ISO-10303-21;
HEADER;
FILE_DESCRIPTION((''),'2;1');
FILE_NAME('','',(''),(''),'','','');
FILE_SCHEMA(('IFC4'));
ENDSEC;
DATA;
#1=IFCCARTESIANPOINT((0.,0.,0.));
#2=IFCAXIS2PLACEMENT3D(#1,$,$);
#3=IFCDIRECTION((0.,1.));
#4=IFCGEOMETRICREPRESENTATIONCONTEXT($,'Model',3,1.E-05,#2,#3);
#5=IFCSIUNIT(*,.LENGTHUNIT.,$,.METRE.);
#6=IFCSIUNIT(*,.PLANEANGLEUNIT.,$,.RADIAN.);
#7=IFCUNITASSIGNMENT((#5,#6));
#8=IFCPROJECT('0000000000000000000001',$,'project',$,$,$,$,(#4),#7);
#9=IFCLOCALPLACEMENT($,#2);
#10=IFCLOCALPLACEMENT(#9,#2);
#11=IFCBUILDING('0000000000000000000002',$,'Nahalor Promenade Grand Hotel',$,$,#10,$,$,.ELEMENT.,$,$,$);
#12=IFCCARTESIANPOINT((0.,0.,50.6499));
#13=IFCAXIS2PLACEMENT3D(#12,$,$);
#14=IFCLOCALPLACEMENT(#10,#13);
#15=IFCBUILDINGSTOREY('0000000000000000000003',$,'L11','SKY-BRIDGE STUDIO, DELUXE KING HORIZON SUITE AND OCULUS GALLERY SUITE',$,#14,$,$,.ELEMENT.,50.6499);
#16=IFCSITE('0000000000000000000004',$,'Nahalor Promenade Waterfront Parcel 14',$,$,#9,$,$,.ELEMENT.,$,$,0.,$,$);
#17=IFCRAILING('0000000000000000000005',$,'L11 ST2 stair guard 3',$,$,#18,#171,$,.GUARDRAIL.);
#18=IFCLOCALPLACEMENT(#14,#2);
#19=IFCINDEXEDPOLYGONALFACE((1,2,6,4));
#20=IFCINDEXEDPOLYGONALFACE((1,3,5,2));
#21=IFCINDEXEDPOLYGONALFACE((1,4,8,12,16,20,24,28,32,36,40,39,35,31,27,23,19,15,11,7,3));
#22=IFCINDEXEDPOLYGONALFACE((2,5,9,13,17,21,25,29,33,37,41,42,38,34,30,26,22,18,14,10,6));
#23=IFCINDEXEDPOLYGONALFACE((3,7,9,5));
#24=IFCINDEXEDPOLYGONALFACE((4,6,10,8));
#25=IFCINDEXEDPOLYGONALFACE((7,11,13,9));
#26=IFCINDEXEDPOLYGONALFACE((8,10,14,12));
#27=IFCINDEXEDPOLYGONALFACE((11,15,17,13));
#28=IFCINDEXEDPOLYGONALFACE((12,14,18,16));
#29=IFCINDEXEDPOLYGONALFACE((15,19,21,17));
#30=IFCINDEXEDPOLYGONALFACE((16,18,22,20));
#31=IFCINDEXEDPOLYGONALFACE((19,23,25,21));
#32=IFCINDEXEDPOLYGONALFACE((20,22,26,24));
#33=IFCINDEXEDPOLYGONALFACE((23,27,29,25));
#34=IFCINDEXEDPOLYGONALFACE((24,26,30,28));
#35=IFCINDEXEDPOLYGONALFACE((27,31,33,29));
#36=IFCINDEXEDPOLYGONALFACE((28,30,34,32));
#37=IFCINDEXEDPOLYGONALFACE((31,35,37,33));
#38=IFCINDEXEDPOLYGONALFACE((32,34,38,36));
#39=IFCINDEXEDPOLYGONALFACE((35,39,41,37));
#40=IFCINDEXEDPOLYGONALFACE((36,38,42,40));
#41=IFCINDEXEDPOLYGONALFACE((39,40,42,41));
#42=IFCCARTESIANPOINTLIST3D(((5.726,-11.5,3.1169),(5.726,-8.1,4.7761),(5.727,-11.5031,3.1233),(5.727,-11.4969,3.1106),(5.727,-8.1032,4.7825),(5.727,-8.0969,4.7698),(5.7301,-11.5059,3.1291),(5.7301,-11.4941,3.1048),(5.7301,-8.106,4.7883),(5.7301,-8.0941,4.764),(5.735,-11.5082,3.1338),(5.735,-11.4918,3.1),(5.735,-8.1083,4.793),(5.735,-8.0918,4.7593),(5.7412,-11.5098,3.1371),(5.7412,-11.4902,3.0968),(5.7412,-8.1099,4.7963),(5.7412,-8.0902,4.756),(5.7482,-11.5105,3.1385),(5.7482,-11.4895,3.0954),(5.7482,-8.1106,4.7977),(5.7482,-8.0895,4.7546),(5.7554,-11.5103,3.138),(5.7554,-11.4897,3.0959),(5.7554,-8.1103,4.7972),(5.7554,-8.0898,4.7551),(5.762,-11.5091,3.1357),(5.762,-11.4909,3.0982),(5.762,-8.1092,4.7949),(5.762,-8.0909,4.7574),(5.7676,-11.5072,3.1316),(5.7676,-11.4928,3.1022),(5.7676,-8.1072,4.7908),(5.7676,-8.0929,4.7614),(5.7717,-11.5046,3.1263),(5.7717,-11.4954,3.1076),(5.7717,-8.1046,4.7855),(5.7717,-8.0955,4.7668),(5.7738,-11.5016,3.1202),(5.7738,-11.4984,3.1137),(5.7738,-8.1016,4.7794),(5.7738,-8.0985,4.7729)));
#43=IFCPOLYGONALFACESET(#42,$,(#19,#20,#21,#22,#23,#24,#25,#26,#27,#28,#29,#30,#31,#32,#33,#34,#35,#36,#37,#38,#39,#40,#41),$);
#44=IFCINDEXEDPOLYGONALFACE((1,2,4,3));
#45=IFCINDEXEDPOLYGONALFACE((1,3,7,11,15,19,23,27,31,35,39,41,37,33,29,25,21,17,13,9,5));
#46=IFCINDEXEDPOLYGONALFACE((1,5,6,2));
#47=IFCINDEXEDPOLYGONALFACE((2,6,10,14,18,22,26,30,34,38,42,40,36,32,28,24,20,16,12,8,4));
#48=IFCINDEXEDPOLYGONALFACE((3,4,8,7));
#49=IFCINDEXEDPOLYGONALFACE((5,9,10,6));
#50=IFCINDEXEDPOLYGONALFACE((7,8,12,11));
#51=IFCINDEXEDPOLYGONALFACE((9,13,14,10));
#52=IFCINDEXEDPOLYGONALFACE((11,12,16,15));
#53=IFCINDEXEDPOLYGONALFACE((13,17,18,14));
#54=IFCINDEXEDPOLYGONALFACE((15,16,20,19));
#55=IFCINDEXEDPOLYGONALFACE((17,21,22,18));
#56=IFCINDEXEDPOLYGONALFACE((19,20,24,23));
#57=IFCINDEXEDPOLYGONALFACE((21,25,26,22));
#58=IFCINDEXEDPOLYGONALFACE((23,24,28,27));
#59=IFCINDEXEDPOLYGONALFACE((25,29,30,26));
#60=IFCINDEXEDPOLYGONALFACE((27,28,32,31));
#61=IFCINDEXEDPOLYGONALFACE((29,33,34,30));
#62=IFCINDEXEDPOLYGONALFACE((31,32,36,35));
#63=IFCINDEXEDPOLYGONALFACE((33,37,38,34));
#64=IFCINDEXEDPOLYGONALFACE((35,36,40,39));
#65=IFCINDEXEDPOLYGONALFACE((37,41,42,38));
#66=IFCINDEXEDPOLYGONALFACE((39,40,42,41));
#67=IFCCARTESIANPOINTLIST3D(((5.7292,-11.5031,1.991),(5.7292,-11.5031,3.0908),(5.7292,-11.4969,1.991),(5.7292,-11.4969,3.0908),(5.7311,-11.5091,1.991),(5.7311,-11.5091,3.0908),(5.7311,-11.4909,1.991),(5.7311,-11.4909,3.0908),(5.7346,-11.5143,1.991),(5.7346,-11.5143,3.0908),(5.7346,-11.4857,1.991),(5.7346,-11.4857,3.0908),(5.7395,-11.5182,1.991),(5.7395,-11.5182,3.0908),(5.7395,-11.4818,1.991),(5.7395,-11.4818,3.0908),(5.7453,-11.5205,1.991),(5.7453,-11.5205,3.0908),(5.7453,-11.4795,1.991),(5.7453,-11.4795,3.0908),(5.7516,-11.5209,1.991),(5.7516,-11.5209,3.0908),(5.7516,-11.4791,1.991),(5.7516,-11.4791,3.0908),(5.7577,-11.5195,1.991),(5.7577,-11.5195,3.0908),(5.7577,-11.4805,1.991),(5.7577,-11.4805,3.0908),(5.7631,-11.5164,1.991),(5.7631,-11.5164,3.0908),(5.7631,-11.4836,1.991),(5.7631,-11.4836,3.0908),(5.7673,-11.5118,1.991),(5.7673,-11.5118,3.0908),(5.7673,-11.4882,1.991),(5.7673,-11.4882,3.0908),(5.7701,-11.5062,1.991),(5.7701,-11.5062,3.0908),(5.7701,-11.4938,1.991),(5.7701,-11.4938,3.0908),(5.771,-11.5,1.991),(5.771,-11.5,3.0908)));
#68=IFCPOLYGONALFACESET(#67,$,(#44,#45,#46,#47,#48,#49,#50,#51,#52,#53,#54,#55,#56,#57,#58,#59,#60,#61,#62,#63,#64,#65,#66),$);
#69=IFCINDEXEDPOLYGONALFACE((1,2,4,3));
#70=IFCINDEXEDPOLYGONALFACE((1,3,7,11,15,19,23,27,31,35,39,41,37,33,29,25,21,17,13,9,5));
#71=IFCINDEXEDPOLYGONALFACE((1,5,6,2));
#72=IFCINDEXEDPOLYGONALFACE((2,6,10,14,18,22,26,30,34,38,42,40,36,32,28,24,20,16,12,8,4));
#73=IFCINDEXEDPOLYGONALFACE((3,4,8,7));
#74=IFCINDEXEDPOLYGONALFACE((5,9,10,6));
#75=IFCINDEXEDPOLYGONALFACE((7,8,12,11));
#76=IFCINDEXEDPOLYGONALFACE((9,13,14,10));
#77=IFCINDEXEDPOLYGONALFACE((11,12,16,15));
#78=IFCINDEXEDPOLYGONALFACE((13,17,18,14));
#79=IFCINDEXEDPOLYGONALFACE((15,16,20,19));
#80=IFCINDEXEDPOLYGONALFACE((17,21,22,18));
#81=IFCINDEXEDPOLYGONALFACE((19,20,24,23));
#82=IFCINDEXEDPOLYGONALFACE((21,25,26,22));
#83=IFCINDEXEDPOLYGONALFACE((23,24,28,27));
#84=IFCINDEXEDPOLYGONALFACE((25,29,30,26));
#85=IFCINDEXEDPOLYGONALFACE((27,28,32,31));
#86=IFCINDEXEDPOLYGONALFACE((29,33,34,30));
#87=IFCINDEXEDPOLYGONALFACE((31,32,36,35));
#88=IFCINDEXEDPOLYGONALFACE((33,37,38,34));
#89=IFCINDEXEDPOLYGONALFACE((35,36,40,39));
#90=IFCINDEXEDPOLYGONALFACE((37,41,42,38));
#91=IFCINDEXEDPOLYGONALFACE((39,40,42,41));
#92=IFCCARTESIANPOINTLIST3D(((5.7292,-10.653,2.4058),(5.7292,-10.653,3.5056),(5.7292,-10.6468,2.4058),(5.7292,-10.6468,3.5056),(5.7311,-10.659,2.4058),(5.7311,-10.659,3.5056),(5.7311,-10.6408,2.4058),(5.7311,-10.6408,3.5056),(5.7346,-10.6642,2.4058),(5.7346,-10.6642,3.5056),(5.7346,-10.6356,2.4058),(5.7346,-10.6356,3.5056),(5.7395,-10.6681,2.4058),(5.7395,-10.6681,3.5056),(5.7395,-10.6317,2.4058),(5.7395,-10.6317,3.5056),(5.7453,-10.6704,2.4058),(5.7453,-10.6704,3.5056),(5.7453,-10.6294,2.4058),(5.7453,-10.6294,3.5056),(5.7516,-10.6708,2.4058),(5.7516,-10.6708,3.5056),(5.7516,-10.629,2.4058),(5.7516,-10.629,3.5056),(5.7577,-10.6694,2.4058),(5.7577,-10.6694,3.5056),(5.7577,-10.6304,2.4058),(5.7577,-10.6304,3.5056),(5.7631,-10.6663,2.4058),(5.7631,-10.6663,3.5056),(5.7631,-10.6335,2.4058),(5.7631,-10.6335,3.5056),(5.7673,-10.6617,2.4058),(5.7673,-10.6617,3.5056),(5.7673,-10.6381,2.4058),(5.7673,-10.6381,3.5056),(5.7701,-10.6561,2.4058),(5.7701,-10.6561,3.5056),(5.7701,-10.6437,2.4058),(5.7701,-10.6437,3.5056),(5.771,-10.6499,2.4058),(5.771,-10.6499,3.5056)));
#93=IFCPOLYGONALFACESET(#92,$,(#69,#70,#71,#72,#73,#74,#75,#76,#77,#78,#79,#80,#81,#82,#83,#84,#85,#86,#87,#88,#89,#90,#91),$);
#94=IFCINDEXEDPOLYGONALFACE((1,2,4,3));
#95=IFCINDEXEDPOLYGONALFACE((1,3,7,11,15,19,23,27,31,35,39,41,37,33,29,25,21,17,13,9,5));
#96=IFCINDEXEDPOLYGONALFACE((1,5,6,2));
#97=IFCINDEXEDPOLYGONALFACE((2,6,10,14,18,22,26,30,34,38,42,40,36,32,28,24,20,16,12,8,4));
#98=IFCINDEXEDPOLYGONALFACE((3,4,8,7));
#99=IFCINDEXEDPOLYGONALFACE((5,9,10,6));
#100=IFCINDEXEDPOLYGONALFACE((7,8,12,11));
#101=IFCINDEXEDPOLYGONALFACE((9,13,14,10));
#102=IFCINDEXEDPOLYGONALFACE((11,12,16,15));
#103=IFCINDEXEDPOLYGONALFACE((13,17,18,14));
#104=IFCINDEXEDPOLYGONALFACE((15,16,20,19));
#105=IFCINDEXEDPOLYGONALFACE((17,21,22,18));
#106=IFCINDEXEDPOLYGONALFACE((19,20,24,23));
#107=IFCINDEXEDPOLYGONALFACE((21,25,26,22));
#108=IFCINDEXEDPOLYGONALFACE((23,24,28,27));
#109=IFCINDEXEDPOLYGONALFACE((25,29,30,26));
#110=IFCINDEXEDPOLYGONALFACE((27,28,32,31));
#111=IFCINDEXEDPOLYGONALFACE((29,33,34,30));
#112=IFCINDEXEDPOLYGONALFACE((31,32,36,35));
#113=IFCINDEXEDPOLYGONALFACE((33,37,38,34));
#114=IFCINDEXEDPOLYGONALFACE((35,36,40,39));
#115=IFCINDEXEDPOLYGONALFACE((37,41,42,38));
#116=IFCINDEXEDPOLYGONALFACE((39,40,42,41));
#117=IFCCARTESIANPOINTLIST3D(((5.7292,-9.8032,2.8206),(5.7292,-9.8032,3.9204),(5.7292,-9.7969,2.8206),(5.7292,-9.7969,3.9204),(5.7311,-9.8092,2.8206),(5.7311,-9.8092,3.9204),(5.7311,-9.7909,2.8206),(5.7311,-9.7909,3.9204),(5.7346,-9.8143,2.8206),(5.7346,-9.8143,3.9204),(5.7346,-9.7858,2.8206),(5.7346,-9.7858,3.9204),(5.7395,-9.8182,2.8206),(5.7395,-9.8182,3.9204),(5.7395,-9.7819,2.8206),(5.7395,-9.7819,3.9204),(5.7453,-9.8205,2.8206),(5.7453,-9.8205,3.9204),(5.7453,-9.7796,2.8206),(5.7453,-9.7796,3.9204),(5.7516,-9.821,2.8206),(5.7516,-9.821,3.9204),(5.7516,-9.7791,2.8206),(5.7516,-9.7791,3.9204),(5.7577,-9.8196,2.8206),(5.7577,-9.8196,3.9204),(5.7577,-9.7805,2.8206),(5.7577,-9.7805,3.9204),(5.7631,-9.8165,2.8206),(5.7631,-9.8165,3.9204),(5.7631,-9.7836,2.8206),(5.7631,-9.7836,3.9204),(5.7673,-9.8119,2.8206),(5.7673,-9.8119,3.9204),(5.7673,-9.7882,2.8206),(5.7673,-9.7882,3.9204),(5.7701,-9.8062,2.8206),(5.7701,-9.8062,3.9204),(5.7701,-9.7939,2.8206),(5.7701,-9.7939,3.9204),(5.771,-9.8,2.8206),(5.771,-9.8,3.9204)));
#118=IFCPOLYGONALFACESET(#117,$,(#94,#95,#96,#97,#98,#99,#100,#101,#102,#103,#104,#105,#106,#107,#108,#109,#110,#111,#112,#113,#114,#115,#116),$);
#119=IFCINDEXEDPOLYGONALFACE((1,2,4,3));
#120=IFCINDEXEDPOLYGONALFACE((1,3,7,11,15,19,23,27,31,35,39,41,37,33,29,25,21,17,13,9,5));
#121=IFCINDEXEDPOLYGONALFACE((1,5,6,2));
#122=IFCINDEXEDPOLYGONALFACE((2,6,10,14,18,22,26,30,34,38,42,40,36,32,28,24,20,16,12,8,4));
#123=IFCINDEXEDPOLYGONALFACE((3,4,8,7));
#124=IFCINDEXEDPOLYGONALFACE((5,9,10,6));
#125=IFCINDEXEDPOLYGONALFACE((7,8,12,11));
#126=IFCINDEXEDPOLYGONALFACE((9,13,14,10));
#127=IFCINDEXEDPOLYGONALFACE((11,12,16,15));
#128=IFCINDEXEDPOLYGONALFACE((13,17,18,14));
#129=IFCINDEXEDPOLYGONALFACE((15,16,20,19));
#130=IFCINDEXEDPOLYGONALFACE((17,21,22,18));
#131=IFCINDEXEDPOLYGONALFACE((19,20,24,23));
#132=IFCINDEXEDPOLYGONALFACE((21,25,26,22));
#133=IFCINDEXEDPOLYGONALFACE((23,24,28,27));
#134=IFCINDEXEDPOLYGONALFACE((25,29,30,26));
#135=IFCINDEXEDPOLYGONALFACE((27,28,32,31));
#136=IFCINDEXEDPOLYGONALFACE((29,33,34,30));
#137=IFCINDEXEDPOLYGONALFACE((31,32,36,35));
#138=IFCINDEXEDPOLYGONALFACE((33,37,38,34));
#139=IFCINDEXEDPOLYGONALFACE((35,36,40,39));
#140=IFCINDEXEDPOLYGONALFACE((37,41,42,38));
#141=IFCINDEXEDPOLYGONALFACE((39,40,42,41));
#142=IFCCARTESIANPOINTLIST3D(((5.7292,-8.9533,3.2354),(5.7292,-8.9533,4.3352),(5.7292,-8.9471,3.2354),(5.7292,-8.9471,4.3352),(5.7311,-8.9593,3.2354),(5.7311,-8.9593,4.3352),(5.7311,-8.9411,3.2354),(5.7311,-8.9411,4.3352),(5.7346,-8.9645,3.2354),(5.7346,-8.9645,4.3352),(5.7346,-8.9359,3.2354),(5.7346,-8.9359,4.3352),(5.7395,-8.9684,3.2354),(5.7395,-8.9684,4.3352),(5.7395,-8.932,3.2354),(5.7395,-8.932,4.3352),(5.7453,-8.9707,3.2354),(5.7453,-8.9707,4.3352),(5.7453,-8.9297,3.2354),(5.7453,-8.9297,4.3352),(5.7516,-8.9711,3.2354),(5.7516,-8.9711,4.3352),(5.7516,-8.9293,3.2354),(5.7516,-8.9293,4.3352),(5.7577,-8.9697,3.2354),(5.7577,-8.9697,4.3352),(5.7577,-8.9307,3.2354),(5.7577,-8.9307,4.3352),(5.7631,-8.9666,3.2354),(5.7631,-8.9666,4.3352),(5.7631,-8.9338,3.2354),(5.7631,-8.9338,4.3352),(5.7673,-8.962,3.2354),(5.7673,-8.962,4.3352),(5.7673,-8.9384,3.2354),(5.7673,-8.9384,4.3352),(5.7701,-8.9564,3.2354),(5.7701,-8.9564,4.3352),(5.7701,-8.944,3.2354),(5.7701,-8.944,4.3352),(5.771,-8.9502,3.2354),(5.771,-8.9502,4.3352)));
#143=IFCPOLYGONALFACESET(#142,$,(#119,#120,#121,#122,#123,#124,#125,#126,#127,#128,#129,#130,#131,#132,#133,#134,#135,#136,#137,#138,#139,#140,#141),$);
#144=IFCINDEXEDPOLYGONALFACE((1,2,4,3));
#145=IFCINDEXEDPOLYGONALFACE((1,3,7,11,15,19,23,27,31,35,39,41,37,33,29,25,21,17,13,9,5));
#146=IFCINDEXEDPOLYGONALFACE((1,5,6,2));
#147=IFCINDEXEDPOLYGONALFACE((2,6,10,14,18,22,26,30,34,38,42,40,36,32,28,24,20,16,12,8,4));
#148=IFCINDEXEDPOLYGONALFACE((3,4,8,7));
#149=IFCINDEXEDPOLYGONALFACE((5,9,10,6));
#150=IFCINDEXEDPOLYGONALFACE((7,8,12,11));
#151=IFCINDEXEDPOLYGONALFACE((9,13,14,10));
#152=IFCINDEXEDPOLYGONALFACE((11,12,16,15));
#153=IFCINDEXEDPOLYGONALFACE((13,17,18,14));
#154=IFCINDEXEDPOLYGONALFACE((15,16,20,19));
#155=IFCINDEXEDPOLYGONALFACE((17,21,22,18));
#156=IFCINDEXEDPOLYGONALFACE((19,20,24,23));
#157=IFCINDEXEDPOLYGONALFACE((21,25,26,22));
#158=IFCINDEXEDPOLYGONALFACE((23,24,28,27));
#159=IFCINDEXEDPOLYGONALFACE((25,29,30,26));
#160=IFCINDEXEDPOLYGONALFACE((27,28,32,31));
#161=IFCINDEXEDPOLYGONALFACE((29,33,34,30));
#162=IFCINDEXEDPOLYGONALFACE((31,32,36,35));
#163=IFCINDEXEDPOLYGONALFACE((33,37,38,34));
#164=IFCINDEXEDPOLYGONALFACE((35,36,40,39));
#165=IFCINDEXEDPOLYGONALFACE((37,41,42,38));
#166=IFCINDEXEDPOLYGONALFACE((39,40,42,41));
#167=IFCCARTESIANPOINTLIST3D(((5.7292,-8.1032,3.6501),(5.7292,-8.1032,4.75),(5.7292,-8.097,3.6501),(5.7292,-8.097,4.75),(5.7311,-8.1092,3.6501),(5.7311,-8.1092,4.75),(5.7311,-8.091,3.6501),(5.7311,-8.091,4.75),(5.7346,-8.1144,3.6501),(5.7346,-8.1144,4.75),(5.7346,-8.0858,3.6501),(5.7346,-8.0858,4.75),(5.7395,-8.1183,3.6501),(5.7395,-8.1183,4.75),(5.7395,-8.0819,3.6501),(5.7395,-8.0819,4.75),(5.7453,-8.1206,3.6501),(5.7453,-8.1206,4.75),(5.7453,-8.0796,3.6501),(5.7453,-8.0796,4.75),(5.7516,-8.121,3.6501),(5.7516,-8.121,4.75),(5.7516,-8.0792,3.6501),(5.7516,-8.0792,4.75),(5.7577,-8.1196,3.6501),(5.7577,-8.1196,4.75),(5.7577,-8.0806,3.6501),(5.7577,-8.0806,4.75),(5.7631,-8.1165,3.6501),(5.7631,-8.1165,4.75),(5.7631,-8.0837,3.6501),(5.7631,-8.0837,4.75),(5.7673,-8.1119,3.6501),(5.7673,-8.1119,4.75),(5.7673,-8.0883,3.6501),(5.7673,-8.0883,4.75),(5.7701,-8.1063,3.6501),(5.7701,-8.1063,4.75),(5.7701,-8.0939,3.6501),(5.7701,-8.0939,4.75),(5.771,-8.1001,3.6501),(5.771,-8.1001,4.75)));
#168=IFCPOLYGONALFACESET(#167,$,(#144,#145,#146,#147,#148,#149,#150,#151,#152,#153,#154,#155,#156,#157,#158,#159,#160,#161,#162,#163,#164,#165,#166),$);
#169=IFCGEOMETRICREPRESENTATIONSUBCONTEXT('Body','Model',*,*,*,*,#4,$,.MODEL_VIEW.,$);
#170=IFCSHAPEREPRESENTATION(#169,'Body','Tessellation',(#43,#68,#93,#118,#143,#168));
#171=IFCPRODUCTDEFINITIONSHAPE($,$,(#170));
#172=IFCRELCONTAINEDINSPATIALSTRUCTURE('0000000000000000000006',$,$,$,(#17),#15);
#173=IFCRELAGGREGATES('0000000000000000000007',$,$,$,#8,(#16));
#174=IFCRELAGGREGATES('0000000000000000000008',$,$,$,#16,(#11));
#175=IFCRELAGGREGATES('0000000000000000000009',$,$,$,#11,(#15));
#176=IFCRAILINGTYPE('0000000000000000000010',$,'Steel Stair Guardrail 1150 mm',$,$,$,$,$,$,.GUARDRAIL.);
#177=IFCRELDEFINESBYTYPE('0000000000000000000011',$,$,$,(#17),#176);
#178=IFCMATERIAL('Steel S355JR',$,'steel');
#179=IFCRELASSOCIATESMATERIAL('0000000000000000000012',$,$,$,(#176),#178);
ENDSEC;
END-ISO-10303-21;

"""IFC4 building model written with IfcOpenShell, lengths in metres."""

from ifc_helpers import new_model, si_unit, direction, frame, origin, origin_2d, place, context, subcontext, project, spatial, circle, extrude, material, type_object, element, save


model = new_model("IFC4")

# Units and contexts
model_context = context("Model", 3, precision=1e-05, world=origin(), true_north=direction((0.0, 1.0)))
body_context = subcontext(model_context, "Body", "Model", "MODEL_VIEW")
ifc_project = project(units=[si_unit("LENGTHUNIT", "METRE"), si_unit("PLANEANGLEUNIT", "RADIAN")], contexts=[model_context])

# Site, building, storey
site_placement = place(None, origin())
site = spatial("IfcSite", under=ifc_project, at=site_placement, Name="Nahalor Promenade Waterfront Parcel 14", CompositionType="ELEMENT", RefElevation=0.0)
building_placement = place(site_placement, origin())
building = spatial("IfcBuilding", under=site, at=building_placement, Name="Nahalor Promenade Grand Hotel", CompositionType="ELEMENT")
storey_placement = place(building_placement, frame((0.0, 0.0, 50.6499)))
storey = spatial("IfcBuildingStorey", under=building, at=storey_placement, Name="L11", Description="SKY-BRIDGE STUDIO, DELUXE KING HORIZON SUITE AND OCULUS GALLERY SUITE", CompositionType="ELEMENT", Elevation=50.6499)

# Shared definitions
ifc_material_1 = material(Name="Steel S355JR", Category="steel")

# Railing
railing_type_1 = type_object("IfcRailingType", Name="Steel Stair Guardrail 1150 mm", PredefinedType="GUARDRAIL", material=ifc_material_1)
railing_1_placement = place(storey_placement, frame((5.75, -11.5, 1.991)))
element("IfcRailing", 1, at=railing_1_placement, inside=storey, type_object=railing_type_1, Name="L11 ST2 stair guard 3", PredefinedType="GUARDRAIL", context=body_context, shape_type="SweptSolid", body=[
    extrude(circle(Radius=0.024, at=origin_2d()), frame((0.0, 0.0, 1.126), z_axis=(0.0, 0.898696, 0.438571), x_axis=(-1.0, 0.0, 0.0)), (0.0, 0.0, 1.0), 3.7832),
    extrude(circle(Radius=0.021, at=origin_2d()), origin(), (0.0, 0.0, 1.0), 1.0999),
    extrude(circle(Radius=0.021, at=origin_2d()), frame((0.0, 0.8501, 0.4148)), (0.0, 0.0, 1.0), 1.0999),
    extrude(circle(Radius=0.021, at=origin_2d()), frame((0.0, 1.7, 0.8296)), (0.0, 0.0, 1.0), 1.0999),
    extrude(circle(Radius=0.021, at=origin_2d()), frame((0.0, 2.5498, 1.2444)), (0.0, 0.0, 1.0), 1.0999),
    extrude(circle(Radius=0.021, at=origin_2d()), frame((0.0, 3.3999, 1.6592)), (0.0, 0.0, 1.0), 1.0999),
])

save(model, "model.ifc")
